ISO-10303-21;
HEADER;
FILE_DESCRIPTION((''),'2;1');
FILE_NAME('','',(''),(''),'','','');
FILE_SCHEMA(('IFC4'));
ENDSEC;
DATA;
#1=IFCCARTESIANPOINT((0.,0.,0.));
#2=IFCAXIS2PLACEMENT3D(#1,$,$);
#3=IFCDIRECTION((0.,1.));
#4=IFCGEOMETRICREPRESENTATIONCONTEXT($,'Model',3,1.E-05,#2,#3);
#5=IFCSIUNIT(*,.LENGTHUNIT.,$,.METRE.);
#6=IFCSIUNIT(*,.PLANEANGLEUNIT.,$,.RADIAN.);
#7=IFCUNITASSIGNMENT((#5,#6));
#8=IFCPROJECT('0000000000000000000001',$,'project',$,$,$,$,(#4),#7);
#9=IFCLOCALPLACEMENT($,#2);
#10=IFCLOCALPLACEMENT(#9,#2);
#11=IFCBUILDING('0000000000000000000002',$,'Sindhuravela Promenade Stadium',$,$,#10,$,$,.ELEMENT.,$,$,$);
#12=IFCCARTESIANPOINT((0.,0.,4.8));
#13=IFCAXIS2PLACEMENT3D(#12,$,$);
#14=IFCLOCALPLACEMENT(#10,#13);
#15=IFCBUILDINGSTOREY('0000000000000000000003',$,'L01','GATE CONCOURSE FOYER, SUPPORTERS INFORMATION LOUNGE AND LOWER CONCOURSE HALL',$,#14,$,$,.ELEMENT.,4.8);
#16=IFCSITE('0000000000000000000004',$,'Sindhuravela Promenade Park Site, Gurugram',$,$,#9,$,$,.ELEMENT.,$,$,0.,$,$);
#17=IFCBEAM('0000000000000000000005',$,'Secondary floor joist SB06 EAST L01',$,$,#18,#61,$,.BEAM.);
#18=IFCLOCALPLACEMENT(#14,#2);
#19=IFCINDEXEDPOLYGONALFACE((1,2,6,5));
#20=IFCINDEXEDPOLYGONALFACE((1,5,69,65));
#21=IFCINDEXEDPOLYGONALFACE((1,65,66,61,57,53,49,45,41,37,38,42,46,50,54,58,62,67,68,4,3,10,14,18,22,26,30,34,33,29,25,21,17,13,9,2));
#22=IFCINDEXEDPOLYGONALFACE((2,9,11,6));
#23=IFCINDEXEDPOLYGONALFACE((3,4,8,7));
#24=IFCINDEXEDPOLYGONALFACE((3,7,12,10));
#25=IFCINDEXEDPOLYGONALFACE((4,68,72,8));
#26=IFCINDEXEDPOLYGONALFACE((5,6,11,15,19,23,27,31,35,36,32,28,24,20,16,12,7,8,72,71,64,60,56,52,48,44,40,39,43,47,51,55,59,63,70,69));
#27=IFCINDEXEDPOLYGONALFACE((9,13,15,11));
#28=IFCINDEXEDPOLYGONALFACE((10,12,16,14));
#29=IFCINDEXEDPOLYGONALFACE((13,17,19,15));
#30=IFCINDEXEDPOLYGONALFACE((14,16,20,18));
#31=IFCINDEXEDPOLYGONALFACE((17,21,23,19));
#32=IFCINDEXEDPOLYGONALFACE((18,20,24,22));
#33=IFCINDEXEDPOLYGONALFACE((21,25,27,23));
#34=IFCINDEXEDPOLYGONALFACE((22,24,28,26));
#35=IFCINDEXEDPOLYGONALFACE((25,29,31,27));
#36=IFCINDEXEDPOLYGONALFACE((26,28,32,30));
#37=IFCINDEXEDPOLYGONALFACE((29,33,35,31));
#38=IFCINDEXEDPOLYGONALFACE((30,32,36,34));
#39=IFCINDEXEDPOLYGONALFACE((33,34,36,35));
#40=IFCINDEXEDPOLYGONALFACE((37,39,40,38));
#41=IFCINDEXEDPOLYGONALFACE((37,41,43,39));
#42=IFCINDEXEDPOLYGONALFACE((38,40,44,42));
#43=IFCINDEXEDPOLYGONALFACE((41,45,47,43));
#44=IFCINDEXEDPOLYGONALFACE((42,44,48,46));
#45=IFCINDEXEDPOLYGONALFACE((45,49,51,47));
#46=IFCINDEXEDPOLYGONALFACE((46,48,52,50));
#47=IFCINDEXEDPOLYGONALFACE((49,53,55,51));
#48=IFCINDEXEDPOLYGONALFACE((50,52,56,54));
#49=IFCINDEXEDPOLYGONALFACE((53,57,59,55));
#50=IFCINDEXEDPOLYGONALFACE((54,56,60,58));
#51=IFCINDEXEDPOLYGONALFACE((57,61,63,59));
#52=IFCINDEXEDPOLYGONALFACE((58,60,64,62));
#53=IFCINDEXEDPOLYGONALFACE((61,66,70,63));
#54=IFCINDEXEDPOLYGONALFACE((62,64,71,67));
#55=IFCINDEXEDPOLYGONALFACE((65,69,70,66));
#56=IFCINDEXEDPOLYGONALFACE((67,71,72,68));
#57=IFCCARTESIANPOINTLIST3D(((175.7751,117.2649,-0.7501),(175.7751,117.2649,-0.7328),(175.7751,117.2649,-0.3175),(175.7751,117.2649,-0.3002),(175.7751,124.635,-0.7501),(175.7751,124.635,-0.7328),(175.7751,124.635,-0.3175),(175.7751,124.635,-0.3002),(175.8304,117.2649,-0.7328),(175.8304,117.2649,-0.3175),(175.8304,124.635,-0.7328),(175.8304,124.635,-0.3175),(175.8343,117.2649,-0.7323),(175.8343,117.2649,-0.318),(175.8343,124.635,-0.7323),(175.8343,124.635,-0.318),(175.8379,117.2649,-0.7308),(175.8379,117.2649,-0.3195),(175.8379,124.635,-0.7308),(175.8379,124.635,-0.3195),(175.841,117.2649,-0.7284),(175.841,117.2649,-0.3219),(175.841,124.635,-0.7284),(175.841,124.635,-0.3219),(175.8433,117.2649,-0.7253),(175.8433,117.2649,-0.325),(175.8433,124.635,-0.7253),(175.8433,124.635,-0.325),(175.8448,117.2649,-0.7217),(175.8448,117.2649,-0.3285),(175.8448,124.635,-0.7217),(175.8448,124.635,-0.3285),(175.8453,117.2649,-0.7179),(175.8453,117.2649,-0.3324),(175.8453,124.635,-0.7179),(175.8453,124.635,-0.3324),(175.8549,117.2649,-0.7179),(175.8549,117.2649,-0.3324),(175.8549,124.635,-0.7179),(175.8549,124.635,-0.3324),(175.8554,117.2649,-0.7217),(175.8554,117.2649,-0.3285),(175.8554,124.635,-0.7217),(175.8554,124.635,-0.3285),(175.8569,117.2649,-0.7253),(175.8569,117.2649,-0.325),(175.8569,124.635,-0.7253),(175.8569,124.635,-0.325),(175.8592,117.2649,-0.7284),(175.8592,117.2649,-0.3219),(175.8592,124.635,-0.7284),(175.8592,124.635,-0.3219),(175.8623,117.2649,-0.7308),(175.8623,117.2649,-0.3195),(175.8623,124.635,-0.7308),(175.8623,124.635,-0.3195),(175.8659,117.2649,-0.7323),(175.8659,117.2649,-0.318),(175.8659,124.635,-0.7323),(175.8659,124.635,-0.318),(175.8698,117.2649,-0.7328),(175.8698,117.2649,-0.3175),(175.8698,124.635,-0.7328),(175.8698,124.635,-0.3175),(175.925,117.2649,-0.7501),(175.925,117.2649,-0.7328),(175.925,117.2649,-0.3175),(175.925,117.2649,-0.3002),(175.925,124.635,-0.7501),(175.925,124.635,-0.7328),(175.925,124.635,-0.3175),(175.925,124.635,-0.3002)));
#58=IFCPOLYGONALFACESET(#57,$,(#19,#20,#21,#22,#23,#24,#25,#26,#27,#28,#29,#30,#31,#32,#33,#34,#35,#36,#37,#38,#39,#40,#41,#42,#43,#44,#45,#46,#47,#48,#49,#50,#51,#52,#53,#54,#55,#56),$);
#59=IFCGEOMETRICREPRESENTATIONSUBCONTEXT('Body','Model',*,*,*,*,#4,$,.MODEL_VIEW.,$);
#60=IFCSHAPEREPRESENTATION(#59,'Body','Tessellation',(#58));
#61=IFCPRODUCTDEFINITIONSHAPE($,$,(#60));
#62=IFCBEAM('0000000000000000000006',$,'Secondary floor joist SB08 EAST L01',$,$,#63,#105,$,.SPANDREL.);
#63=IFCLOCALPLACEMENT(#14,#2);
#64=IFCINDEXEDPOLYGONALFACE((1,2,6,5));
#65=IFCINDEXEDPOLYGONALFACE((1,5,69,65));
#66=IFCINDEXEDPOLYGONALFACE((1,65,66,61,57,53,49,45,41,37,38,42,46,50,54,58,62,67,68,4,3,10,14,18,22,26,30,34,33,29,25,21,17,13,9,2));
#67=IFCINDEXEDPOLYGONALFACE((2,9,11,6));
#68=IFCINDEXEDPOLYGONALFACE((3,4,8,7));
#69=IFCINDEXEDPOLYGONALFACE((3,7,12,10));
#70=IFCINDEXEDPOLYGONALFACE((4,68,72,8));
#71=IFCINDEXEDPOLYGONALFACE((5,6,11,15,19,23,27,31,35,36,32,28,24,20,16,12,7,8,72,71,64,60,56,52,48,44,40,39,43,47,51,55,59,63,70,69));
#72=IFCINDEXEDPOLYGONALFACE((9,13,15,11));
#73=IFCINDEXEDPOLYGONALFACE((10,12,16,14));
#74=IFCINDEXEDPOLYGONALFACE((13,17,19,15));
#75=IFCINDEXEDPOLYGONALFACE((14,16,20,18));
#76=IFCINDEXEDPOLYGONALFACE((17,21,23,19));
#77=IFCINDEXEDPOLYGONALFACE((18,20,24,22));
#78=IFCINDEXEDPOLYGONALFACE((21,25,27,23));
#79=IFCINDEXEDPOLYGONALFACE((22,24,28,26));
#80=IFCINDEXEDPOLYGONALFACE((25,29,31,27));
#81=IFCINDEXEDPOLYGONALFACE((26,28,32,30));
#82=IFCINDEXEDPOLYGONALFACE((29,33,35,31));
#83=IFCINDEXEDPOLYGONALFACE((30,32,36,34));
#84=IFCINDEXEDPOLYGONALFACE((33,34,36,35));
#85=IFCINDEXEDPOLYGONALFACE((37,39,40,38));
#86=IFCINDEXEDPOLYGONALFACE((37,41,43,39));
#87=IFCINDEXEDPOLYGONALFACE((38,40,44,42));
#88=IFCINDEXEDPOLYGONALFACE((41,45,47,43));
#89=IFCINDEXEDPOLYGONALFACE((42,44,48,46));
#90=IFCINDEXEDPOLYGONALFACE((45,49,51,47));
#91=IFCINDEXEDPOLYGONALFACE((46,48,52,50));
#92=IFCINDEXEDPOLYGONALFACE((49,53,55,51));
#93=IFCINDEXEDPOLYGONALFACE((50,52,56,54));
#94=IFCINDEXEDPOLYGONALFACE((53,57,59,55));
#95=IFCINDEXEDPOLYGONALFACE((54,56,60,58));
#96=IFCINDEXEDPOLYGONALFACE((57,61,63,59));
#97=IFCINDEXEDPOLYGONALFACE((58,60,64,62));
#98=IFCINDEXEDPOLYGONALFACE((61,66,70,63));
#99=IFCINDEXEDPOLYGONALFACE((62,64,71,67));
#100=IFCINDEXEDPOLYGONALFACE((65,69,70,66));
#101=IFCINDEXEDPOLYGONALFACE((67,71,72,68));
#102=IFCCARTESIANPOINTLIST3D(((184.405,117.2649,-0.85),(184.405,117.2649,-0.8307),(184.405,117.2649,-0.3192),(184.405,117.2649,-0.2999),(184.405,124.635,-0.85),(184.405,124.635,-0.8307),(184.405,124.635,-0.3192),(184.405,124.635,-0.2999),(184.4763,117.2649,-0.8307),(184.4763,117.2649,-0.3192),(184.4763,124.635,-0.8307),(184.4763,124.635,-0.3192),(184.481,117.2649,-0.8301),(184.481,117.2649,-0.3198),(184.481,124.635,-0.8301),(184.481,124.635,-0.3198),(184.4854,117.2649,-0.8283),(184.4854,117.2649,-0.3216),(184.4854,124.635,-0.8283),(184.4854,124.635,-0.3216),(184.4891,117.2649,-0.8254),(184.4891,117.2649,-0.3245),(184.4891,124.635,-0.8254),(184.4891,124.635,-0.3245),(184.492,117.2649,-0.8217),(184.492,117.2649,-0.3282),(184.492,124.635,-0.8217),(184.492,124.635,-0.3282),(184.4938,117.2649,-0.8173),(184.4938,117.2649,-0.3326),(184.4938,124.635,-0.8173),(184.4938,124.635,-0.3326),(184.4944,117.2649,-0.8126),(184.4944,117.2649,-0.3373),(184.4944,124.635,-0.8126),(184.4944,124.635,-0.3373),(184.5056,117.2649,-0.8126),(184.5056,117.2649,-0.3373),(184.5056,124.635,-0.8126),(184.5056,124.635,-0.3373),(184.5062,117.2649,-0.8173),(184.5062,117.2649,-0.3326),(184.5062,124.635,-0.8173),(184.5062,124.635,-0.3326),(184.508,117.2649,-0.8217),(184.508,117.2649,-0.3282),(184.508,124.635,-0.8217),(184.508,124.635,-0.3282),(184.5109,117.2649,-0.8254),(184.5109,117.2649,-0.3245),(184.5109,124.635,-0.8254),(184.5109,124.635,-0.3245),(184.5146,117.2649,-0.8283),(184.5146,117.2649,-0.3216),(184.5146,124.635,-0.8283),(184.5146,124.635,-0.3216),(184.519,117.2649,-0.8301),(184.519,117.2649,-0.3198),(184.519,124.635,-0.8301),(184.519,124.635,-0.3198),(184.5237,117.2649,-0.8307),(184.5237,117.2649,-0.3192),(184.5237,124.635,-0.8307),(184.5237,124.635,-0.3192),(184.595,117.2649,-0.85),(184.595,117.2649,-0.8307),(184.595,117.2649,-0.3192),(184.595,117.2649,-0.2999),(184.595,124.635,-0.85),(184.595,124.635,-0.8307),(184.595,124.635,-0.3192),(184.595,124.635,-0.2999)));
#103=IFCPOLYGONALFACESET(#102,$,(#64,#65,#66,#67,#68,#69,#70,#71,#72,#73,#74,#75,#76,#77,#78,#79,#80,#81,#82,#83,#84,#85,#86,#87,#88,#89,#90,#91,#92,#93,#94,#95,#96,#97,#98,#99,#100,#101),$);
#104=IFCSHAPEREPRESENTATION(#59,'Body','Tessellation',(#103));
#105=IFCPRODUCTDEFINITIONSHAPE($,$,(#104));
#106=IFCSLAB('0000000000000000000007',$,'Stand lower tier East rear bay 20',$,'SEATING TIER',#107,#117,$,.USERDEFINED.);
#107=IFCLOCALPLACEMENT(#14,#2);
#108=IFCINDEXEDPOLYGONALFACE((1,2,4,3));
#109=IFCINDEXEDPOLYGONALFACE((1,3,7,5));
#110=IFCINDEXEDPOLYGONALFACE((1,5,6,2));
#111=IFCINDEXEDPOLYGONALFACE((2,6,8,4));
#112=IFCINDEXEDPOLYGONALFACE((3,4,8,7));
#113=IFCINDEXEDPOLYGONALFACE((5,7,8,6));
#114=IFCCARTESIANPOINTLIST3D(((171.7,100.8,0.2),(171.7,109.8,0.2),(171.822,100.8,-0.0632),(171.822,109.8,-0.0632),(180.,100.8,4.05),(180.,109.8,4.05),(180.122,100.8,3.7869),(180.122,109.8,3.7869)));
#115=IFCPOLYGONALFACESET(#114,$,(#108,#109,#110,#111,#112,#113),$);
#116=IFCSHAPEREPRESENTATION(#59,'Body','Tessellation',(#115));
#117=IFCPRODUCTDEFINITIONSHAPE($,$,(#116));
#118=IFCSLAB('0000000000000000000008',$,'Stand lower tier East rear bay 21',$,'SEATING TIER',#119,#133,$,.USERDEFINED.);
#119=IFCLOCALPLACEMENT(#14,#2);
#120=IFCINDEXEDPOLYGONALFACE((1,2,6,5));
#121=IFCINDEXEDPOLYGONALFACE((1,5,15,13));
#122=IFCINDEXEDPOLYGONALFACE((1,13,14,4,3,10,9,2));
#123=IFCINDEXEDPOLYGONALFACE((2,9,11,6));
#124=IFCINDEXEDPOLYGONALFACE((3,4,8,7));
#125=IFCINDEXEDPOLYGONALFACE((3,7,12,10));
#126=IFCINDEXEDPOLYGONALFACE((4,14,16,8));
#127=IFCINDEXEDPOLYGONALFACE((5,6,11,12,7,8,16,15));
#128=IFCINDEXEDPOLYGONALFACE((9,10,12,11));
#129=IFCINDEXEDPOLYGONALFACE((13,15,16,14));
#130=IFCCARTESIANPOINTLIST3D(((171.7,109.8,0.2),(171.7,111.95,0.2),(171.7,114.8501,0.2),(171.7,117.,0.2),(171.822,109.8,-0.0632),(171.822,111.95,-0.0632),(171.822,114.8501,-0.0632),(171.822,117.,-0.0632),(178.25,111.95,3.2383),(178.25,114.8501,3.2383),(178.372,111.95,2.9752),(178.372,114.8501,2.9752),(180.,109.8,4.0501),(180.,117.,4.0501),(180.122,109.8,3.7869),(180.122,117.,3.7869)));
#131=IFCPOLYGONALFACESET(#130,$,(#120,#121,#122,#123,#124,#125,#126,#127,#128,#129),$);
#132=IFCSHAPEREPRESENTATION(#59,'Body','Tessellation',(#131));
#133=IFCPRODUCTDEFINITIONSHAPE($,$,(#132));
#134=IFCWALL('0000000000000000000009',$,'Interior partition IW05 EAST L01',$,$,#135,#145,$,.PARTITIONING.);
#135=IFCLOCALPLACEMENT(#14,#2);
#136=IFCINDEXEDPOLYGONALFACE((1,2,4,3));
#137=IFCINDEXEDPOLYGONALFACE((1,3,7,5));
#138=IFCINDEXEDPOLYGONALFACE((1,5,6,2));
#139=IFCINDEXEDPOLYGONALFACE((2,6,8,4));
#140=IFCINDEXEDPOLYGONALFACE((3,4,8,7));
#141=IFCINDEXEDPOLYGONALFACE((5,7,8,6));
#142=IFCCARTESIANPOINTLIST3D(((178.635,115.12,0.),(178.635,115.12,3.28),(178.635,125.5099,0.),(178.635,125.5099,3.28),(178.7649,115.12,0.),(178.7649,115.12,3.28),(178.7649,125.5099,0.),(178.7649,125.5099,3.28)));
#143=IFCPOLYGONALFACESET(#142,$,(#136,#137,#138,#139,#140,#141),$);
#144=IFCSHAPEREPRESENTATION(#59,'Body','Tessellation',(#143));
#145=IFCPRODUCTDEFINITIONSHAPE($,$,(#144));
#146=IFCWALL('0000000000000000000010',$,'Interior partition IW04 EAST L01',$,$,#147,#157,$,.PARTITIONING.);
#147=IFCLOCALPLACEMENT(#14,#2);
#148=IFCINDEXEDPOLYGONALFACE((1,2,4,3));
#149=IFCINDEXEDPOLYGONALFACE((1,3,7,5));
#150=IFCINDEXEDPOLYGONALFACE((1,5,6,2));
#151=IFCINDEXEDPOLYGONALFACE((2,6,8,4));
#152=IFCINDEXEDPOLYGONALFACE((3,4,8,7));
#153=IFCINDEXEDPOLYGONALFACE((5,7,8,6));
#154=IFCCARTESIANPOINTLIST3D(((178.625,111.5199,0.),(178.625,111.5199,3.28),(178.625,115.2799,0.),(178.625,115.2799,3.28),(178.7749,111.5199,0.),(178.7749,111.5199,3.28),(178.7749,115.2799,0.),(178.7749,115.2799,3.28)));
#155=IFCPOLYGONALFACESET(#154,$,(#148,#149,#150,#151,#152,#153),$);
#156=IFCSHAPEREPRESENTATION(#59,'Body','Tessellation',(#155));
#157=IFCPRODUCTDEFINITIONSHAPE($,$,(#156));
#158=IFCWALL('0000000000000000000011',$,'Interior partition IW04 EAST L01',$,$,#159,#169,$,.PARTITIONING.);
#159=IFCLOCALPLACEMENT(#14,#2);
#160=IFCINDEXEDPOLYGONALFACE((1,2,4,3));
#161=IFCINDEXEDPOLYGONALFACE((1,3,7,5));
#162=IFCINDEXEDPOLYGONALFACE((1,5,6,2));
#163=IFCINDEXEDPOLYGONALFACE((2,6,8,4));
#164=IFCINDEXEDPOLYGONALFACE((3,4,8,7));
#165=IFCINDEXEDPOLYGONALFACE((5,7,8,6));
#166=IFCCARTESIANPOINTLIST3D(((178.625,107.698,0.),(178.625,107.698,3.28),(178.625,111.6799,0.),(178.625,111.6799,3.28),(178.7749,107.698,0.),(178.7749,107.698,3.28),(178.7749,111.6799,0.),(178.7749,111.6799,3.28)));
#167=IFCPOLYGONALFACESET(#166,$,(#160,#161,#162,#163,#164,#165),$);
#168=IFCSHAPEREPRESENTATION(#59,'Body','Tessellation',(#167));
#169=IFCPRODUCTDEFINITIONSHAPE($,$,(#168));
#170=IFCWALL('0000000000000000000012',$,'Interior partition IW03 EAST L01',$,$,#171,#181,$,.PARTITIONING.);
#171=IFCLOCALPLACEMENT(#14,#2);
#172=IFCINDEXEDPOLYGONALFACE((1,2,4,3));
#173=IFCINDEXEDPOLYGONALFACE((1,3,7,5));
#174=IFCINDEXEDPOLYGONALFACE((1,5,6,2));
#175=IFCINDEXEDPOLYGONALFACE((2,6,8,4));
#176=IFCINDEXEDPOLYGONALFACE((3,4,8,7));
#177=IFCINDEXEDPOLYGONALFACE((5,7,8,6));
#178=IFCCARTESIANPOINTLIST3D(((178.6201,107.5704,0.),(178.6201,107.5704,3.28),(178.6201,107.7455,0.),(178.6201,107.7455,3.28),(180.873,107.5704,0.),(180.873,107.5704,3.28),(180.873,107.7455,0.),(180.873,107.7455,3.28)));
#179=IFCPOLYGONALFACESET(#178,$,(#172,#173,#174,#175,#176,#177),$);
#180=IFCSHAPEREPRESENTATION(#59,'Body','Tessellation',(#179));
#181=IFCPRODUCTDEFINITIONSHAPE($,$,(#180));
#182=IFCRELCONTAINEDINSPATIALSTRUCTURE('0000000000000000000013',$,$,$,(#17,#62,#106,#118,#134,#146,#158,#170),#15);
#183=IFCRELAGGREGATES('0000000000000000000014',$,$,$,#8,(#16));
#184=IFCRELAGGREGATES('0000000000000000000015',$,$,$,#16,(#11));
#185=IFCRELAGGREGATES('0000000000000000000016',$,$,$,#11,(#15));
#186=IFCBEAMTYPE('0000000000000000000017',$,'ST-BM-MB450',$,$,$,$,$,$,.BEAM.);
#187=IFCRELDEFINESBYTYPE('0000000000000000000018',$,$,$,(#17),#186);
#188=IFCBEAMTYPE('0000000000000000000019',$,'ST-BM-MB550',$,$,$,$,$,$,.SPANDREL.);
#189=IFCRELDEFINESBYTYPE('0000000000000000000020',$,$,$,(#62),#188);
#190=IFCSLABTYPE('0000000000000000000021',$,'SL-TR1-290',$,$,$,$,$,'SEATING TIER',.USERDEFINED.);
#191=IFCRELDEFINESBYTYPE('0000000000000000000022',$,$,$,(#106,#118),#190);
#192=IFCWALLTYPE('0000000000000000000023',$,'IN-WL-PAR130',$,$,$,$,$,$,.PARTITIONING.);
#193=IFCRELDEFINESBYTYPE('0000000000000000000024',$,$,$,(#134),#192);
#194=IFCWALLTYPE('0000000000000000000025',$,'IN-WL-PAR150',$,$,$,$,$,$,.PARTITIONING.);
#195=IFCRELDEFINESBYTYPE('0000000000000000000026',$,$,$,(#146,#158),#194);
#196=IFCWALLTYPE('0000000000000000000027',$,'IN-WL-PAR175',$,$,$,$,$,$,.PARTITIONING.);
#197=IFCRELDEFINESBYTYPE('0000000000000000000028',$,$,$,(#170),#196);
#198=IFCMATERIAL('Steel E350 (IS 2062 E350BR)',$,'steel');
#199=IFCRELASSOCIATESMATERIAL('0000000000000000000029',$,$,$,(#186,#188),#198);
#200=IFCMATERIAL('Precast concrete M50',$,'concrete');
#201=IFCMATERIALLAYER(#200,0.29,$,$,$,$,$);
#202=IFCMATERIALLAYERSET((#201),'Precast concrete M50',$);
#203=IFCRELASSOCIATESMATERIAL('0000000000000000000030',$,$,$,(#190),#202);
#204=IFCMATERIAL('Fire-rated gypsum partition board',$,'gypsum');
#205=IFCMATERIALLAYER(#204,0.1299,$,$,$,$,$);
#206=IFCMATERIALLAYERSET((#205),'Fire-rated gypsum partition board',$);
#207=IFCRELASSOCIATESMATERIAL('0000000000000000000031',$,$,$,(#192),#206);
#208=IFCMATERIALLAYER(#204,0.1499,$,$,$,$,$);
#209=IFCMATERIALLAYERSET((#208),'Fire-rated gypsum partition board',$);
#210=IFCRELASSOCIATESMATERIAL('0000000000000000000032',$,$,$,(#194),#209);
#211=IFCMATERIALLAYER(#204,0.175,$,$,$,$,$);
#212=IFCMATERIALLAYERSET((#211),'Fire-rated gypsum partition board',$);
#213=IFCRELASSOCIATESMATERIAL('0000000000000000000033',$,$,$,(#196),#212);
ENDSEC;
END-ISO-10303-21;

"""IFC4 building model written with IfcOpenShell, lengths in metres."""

from ifc_helpers import new_model, si_unit, direction, frame, frame_2d, origin, origin_2d, place, context, subcontext, project, spatial, polyline, rectangle, i_section, outline, extrude, material, layer, layer_set, material_profile, profile_set, type_object, element, save


model = new_model("IFC4")

# Units and contexts
model_context = context("Model", 3, precision=1e-05, world=origin(), true_north=direction((0.0, 1.0)))
body_context = subcontext(model_context, "Body", "Model", "MODEL_VIEW")
ifc_project = project(units=[si_unit("LENGTHUNIT", "METRE"), si_unit("PLANEANGLEUNIT", "RADIAN")], contexts=[model_context])

# Site, building, storey
site_placement = place(None, origin())
site = spatial("IfcSite", under=ifc_project, at=site_placement, Name="Sindhuravela Promenade Park Site, Gurugram", CompositionType="ELEMENT", RefElevation=0.0)
building_placement = place(site_placement, origin())
building = spatial("IfcBuilding", under=site, at=building_placement, Name="Sindhuravela Promenade Stadium", CompositionType="ELEMENT")
storey_placement = place(building_placement, frame((0.0, 0.0, 4.8)))
storey = spatial("IfcBuildingStorey", under=building, at=storey_placement, Name="L01", Description="GATE CONCOURSE FOYER, SUPPORTERS INFORMATION LOUNGE AND LOWER CONCOURSE HALL", CompositionType="ELEMENT", Elevation=4.8)

# Beams
ifc_material_1 = material(Name="Steel E350 (IS 2062 E350BR)", Category="steel")
ifc_material_profile_1 = material_profile(ifc_material_1, i_section(OverallWidth=0.1499, OverallDepth=0.45, WebThickness=0.0095, FlangeThickness=0.0173, FilletRadius=0.0149, at=origin_2d()), Name="ISMB 450")
ifc_profile_set_1 = profile_set([ifc_material_profile_1], Name="Steel E350 (IS 2062 E350BR)")
beam_type_1 = type_object("IfcBeamType", Name="ST-BM-MB450", PredefinedType="BEAM", material=ifc_profile_set_1)
beam_1_placement = place(storey_placement, frame((175.8501, 117.2649, -0.5251), z_axis=(0.0, 1.0, 0.0), x_axis=(-1.0, 0.0, 0.0)))
element("IfcBeam", 1, at=beam_1_placement, inside=storey, type_object=beam_type_1, Name="Secondary floor joist SB06 EAST L01", PredefinedType="BEAM", context=body_context, shape_type="SweptSolid", body=[
    extrude(i_section(OverallWidth=0.1499, OverallDepth=0.45, WebThickness=0.0095, FlangeThickness=0.0173, FilletRadius=0.0149, at=origin_2d()), origin(), (0.0, 0.0, 1.0), 7.3701),
])
ifc_material_profile_2 = material_profile(ifc_material_1, i_section(OverallWidth=0.1899, OverallDepth=0.55, WebThickness=0.0112, FlangeThickness=0.0193, FilletRadius=0.0181, at=origin_2d()), Name="ISMB 550")
ifc_profile_set_2 = profile_set([ifc_material_profile_2], Name="Steel E350 (IS 2062 E350BR)")
beam_type_2 = type_object("IfcBeamType", Name="ST-BM-MB550", PredefinedType="SPANDREL", material=ifc_profile_set_2)
beam_2_placement = place(storey_placement, frame((184.5, 117.2649, -0.575), z_axis=(0.0, 1.0, 0.0), x_axis=(-1.0, 0.0, 0.0)))
element("IfcBeam", 2, at=beam_2_placement, inside=storey, type_object=beam_type_2, Name="Secondary floor joist SB08 EAST L01", PredefinedType="SPANDREL", context=body_context, shape_type="SweptSolid", body=[
    extrude(i_section(OverallWidth=0.1899, OverallDepth=0.55, WebThickness=0.0112, FlangeThickness=0.0193, FilletRadius=0.0181, at=origin_2d()), origin(), (0.0, 0.0, 1.0), 7.3701),
])

# Slabs
ifc_material_2 = material(Name="Precast concrete M50", Category="concrete")
ifc_layer_1 = layer(ifc_material_2, 0.29)
ifc_layer_set_1 = layer_set([ifc_layer_1], Name="Precast concrete M50")
slab_type = type_object("IfcSlabType", Name="SL-TR1-290", ElementType="SEATING TIER", PredefinedType="USERDEFINED", material=ifc_layer_set_1)
slab_1_placement = place(storey_placement, frame((171.7, 109.8, 0.2), z_axis=(-0.420797, 0.0, 0.907155), x_axis=(0.0, -1.0, 0.0)))
element("IfcSlab", 3, at=slab_1_placement, inside=storey, type_object=slab_type, Name="Stand lower tier East rear bay 20", ObjectType="SEATING TIER", PredefinedType="USERDEFINED", context=body_context, shape_type="SweptSolid", body=[
    extrude(outline(polyline([(0.0, 0.0), (9.0, 0.0), (9.0, 9.1495), (0.0, 9.1495), (0.0, 0.0)])), origin(), (0.0, 0.0, -1.0), 0.29),
])
slab_2_placement = place(storey_placement, frame((171.7, 117.0, 0.2), z_axis=(-0.420797, 0.0, 0.907155), x_axis=(0.0, -1.0, 0.0)))
element("IfcSlab", 4, at=slab_2_placement, inside=storey, type_object=slab_type, Name="Stand lower tier East rear bay 21", ObjectType="SEATING TIER", PredefinedType="USERDEFINED", context=body_context, shape_type="SweptSolid", body=[
    extrude(outline(polyline([(0.0, 0.0), (2.1499, 0.0), (2.1499, 7.2204), (5.05, 7.2204), (5.05, 0.0), (7.2, 0.0), (7.2, 9.1495), (0.0, 9.1495), (0.0, 0.0)])), origin(), (0.0, 0.0, -1.0), 0.29),
])

# Walls
ifc_material_3 = material(Name="Fire-rated gypsum partition board", Category="gypsum")
ifc_layer_2 = layer(ifc_material_3, 0.1299)
ifc_layer_set_2 = layer_set([ifc_layer_2], Name="Fire-rated gypsum partition board")
wall_type_1 = type_object("IfcWallType", Name="IN-WL-PAR130", PredefinedType="PARTITIONING", material=ifc_layer_set_2)
wall_1_placement = place(storey_placement, frame((178.7, 115.1201, 0.0), z_axis=(0.0, 0.0, 1.0), x_axis=(0.0, 1.0, 0.0)))
element("IfcWall", 5, at=wall_1_placement, inside=storey, type_object=wall_type_1, Name="Interior partition IW05 EAST L01", PredefinedType="PARTITIONING", context=body_context, shape_type="SweptSolid", body=[
    extrude(rectangle(XDim=10.3899, YDim=0.1299, at=frame_2d((5.1948, 0.0))), origin(), (0.0, 0.0, 1.0), 3.28),
])
ifc_layer_3 = layer(ifc_material_3, 0.1499)
ifc_layer_set_3 = layer_set([ifc_layer_3], Name="Fire-rated gypsum partition board")
wall_type_2 = type_object("IfcWallType", Name="IN-WL-PAR150", PredefinedType="PARTITIONING", material=ifc_layer_set_3)
wall_2_placement = place(storey_placement, frame((178.7, 111.52, 0.0), z_axis=(0.0, 0.0, 1.0), x_axis=(0.0, 1.0, 0.0)))
element("IfcWall", 6, at=wall_2_placement, inside=storey, type_object=wall_type_2, Name="Interior partition IW04 EAST L01", PredefinedType="PARTITIONING", context=body_context, shape_type="SweptSolid", body=[
    extrude(rectangle(XDim=3.76, YDim=0.1499, at=frame_2d((1.8799, 0.0))), origin(), (0.0, 0.0, 1.0), 3.28),
])
wall_3_placement = place(storey_placement, frame((178.7, 107.698, 0.0), z_axis=(0.0, 0.0, 1.0), x_axis=(0.0, 1.0, 0.0)))
element("IfcWall", 7, at=wall_3_placement, inside=storey, type_object=wall_type_2, Name="Interior partition IW04 EAST L01", PredefinedType="PARTITIONING", context=body_context, shape_type="SweptSolid", body=[
    extrude(rectangle(XDim=3.9819, YDim=0.1499, at=frame_2d((1.991, 0.0))), origin(), (0.0, 0.0, 1.0), 3.28),
])
ifc_layer_4 = layer(ifc_material_3, 0.175)
ifc_layer_set_4 = layer_set([ifc_layer_4], Name="Fire-rated gypsum partition board")
wall_type_3 = type_object("IfcWallType", Name="IN-WL-PAR175", PredefinedType="PARTITIONING", material=ifc_layer_set_4)
wall_4_placement = place(storey_placement, frame((180.873, 107.658, 0.0), z_axis=(0.0, 0.0, 1.0), x_axis=(-1.0, 0.0, 0.0)))
element("IfcWall", 8, at=wall_4_placement, inside=storey, type_object=wall_type_3, Name="Interior partition IW03 EAST L01", PredefinedType="PARTITIONING", context=body_context, shape_type="SweptSolid", body=[
    extrude(rectangle(XDim=2.2529, YDim=0.175, at=frame_2d((1.1265, 0.0))), origin(), (0.0, 0.0, 1.0), 3.28),
])

save(model, "model.ifc")
